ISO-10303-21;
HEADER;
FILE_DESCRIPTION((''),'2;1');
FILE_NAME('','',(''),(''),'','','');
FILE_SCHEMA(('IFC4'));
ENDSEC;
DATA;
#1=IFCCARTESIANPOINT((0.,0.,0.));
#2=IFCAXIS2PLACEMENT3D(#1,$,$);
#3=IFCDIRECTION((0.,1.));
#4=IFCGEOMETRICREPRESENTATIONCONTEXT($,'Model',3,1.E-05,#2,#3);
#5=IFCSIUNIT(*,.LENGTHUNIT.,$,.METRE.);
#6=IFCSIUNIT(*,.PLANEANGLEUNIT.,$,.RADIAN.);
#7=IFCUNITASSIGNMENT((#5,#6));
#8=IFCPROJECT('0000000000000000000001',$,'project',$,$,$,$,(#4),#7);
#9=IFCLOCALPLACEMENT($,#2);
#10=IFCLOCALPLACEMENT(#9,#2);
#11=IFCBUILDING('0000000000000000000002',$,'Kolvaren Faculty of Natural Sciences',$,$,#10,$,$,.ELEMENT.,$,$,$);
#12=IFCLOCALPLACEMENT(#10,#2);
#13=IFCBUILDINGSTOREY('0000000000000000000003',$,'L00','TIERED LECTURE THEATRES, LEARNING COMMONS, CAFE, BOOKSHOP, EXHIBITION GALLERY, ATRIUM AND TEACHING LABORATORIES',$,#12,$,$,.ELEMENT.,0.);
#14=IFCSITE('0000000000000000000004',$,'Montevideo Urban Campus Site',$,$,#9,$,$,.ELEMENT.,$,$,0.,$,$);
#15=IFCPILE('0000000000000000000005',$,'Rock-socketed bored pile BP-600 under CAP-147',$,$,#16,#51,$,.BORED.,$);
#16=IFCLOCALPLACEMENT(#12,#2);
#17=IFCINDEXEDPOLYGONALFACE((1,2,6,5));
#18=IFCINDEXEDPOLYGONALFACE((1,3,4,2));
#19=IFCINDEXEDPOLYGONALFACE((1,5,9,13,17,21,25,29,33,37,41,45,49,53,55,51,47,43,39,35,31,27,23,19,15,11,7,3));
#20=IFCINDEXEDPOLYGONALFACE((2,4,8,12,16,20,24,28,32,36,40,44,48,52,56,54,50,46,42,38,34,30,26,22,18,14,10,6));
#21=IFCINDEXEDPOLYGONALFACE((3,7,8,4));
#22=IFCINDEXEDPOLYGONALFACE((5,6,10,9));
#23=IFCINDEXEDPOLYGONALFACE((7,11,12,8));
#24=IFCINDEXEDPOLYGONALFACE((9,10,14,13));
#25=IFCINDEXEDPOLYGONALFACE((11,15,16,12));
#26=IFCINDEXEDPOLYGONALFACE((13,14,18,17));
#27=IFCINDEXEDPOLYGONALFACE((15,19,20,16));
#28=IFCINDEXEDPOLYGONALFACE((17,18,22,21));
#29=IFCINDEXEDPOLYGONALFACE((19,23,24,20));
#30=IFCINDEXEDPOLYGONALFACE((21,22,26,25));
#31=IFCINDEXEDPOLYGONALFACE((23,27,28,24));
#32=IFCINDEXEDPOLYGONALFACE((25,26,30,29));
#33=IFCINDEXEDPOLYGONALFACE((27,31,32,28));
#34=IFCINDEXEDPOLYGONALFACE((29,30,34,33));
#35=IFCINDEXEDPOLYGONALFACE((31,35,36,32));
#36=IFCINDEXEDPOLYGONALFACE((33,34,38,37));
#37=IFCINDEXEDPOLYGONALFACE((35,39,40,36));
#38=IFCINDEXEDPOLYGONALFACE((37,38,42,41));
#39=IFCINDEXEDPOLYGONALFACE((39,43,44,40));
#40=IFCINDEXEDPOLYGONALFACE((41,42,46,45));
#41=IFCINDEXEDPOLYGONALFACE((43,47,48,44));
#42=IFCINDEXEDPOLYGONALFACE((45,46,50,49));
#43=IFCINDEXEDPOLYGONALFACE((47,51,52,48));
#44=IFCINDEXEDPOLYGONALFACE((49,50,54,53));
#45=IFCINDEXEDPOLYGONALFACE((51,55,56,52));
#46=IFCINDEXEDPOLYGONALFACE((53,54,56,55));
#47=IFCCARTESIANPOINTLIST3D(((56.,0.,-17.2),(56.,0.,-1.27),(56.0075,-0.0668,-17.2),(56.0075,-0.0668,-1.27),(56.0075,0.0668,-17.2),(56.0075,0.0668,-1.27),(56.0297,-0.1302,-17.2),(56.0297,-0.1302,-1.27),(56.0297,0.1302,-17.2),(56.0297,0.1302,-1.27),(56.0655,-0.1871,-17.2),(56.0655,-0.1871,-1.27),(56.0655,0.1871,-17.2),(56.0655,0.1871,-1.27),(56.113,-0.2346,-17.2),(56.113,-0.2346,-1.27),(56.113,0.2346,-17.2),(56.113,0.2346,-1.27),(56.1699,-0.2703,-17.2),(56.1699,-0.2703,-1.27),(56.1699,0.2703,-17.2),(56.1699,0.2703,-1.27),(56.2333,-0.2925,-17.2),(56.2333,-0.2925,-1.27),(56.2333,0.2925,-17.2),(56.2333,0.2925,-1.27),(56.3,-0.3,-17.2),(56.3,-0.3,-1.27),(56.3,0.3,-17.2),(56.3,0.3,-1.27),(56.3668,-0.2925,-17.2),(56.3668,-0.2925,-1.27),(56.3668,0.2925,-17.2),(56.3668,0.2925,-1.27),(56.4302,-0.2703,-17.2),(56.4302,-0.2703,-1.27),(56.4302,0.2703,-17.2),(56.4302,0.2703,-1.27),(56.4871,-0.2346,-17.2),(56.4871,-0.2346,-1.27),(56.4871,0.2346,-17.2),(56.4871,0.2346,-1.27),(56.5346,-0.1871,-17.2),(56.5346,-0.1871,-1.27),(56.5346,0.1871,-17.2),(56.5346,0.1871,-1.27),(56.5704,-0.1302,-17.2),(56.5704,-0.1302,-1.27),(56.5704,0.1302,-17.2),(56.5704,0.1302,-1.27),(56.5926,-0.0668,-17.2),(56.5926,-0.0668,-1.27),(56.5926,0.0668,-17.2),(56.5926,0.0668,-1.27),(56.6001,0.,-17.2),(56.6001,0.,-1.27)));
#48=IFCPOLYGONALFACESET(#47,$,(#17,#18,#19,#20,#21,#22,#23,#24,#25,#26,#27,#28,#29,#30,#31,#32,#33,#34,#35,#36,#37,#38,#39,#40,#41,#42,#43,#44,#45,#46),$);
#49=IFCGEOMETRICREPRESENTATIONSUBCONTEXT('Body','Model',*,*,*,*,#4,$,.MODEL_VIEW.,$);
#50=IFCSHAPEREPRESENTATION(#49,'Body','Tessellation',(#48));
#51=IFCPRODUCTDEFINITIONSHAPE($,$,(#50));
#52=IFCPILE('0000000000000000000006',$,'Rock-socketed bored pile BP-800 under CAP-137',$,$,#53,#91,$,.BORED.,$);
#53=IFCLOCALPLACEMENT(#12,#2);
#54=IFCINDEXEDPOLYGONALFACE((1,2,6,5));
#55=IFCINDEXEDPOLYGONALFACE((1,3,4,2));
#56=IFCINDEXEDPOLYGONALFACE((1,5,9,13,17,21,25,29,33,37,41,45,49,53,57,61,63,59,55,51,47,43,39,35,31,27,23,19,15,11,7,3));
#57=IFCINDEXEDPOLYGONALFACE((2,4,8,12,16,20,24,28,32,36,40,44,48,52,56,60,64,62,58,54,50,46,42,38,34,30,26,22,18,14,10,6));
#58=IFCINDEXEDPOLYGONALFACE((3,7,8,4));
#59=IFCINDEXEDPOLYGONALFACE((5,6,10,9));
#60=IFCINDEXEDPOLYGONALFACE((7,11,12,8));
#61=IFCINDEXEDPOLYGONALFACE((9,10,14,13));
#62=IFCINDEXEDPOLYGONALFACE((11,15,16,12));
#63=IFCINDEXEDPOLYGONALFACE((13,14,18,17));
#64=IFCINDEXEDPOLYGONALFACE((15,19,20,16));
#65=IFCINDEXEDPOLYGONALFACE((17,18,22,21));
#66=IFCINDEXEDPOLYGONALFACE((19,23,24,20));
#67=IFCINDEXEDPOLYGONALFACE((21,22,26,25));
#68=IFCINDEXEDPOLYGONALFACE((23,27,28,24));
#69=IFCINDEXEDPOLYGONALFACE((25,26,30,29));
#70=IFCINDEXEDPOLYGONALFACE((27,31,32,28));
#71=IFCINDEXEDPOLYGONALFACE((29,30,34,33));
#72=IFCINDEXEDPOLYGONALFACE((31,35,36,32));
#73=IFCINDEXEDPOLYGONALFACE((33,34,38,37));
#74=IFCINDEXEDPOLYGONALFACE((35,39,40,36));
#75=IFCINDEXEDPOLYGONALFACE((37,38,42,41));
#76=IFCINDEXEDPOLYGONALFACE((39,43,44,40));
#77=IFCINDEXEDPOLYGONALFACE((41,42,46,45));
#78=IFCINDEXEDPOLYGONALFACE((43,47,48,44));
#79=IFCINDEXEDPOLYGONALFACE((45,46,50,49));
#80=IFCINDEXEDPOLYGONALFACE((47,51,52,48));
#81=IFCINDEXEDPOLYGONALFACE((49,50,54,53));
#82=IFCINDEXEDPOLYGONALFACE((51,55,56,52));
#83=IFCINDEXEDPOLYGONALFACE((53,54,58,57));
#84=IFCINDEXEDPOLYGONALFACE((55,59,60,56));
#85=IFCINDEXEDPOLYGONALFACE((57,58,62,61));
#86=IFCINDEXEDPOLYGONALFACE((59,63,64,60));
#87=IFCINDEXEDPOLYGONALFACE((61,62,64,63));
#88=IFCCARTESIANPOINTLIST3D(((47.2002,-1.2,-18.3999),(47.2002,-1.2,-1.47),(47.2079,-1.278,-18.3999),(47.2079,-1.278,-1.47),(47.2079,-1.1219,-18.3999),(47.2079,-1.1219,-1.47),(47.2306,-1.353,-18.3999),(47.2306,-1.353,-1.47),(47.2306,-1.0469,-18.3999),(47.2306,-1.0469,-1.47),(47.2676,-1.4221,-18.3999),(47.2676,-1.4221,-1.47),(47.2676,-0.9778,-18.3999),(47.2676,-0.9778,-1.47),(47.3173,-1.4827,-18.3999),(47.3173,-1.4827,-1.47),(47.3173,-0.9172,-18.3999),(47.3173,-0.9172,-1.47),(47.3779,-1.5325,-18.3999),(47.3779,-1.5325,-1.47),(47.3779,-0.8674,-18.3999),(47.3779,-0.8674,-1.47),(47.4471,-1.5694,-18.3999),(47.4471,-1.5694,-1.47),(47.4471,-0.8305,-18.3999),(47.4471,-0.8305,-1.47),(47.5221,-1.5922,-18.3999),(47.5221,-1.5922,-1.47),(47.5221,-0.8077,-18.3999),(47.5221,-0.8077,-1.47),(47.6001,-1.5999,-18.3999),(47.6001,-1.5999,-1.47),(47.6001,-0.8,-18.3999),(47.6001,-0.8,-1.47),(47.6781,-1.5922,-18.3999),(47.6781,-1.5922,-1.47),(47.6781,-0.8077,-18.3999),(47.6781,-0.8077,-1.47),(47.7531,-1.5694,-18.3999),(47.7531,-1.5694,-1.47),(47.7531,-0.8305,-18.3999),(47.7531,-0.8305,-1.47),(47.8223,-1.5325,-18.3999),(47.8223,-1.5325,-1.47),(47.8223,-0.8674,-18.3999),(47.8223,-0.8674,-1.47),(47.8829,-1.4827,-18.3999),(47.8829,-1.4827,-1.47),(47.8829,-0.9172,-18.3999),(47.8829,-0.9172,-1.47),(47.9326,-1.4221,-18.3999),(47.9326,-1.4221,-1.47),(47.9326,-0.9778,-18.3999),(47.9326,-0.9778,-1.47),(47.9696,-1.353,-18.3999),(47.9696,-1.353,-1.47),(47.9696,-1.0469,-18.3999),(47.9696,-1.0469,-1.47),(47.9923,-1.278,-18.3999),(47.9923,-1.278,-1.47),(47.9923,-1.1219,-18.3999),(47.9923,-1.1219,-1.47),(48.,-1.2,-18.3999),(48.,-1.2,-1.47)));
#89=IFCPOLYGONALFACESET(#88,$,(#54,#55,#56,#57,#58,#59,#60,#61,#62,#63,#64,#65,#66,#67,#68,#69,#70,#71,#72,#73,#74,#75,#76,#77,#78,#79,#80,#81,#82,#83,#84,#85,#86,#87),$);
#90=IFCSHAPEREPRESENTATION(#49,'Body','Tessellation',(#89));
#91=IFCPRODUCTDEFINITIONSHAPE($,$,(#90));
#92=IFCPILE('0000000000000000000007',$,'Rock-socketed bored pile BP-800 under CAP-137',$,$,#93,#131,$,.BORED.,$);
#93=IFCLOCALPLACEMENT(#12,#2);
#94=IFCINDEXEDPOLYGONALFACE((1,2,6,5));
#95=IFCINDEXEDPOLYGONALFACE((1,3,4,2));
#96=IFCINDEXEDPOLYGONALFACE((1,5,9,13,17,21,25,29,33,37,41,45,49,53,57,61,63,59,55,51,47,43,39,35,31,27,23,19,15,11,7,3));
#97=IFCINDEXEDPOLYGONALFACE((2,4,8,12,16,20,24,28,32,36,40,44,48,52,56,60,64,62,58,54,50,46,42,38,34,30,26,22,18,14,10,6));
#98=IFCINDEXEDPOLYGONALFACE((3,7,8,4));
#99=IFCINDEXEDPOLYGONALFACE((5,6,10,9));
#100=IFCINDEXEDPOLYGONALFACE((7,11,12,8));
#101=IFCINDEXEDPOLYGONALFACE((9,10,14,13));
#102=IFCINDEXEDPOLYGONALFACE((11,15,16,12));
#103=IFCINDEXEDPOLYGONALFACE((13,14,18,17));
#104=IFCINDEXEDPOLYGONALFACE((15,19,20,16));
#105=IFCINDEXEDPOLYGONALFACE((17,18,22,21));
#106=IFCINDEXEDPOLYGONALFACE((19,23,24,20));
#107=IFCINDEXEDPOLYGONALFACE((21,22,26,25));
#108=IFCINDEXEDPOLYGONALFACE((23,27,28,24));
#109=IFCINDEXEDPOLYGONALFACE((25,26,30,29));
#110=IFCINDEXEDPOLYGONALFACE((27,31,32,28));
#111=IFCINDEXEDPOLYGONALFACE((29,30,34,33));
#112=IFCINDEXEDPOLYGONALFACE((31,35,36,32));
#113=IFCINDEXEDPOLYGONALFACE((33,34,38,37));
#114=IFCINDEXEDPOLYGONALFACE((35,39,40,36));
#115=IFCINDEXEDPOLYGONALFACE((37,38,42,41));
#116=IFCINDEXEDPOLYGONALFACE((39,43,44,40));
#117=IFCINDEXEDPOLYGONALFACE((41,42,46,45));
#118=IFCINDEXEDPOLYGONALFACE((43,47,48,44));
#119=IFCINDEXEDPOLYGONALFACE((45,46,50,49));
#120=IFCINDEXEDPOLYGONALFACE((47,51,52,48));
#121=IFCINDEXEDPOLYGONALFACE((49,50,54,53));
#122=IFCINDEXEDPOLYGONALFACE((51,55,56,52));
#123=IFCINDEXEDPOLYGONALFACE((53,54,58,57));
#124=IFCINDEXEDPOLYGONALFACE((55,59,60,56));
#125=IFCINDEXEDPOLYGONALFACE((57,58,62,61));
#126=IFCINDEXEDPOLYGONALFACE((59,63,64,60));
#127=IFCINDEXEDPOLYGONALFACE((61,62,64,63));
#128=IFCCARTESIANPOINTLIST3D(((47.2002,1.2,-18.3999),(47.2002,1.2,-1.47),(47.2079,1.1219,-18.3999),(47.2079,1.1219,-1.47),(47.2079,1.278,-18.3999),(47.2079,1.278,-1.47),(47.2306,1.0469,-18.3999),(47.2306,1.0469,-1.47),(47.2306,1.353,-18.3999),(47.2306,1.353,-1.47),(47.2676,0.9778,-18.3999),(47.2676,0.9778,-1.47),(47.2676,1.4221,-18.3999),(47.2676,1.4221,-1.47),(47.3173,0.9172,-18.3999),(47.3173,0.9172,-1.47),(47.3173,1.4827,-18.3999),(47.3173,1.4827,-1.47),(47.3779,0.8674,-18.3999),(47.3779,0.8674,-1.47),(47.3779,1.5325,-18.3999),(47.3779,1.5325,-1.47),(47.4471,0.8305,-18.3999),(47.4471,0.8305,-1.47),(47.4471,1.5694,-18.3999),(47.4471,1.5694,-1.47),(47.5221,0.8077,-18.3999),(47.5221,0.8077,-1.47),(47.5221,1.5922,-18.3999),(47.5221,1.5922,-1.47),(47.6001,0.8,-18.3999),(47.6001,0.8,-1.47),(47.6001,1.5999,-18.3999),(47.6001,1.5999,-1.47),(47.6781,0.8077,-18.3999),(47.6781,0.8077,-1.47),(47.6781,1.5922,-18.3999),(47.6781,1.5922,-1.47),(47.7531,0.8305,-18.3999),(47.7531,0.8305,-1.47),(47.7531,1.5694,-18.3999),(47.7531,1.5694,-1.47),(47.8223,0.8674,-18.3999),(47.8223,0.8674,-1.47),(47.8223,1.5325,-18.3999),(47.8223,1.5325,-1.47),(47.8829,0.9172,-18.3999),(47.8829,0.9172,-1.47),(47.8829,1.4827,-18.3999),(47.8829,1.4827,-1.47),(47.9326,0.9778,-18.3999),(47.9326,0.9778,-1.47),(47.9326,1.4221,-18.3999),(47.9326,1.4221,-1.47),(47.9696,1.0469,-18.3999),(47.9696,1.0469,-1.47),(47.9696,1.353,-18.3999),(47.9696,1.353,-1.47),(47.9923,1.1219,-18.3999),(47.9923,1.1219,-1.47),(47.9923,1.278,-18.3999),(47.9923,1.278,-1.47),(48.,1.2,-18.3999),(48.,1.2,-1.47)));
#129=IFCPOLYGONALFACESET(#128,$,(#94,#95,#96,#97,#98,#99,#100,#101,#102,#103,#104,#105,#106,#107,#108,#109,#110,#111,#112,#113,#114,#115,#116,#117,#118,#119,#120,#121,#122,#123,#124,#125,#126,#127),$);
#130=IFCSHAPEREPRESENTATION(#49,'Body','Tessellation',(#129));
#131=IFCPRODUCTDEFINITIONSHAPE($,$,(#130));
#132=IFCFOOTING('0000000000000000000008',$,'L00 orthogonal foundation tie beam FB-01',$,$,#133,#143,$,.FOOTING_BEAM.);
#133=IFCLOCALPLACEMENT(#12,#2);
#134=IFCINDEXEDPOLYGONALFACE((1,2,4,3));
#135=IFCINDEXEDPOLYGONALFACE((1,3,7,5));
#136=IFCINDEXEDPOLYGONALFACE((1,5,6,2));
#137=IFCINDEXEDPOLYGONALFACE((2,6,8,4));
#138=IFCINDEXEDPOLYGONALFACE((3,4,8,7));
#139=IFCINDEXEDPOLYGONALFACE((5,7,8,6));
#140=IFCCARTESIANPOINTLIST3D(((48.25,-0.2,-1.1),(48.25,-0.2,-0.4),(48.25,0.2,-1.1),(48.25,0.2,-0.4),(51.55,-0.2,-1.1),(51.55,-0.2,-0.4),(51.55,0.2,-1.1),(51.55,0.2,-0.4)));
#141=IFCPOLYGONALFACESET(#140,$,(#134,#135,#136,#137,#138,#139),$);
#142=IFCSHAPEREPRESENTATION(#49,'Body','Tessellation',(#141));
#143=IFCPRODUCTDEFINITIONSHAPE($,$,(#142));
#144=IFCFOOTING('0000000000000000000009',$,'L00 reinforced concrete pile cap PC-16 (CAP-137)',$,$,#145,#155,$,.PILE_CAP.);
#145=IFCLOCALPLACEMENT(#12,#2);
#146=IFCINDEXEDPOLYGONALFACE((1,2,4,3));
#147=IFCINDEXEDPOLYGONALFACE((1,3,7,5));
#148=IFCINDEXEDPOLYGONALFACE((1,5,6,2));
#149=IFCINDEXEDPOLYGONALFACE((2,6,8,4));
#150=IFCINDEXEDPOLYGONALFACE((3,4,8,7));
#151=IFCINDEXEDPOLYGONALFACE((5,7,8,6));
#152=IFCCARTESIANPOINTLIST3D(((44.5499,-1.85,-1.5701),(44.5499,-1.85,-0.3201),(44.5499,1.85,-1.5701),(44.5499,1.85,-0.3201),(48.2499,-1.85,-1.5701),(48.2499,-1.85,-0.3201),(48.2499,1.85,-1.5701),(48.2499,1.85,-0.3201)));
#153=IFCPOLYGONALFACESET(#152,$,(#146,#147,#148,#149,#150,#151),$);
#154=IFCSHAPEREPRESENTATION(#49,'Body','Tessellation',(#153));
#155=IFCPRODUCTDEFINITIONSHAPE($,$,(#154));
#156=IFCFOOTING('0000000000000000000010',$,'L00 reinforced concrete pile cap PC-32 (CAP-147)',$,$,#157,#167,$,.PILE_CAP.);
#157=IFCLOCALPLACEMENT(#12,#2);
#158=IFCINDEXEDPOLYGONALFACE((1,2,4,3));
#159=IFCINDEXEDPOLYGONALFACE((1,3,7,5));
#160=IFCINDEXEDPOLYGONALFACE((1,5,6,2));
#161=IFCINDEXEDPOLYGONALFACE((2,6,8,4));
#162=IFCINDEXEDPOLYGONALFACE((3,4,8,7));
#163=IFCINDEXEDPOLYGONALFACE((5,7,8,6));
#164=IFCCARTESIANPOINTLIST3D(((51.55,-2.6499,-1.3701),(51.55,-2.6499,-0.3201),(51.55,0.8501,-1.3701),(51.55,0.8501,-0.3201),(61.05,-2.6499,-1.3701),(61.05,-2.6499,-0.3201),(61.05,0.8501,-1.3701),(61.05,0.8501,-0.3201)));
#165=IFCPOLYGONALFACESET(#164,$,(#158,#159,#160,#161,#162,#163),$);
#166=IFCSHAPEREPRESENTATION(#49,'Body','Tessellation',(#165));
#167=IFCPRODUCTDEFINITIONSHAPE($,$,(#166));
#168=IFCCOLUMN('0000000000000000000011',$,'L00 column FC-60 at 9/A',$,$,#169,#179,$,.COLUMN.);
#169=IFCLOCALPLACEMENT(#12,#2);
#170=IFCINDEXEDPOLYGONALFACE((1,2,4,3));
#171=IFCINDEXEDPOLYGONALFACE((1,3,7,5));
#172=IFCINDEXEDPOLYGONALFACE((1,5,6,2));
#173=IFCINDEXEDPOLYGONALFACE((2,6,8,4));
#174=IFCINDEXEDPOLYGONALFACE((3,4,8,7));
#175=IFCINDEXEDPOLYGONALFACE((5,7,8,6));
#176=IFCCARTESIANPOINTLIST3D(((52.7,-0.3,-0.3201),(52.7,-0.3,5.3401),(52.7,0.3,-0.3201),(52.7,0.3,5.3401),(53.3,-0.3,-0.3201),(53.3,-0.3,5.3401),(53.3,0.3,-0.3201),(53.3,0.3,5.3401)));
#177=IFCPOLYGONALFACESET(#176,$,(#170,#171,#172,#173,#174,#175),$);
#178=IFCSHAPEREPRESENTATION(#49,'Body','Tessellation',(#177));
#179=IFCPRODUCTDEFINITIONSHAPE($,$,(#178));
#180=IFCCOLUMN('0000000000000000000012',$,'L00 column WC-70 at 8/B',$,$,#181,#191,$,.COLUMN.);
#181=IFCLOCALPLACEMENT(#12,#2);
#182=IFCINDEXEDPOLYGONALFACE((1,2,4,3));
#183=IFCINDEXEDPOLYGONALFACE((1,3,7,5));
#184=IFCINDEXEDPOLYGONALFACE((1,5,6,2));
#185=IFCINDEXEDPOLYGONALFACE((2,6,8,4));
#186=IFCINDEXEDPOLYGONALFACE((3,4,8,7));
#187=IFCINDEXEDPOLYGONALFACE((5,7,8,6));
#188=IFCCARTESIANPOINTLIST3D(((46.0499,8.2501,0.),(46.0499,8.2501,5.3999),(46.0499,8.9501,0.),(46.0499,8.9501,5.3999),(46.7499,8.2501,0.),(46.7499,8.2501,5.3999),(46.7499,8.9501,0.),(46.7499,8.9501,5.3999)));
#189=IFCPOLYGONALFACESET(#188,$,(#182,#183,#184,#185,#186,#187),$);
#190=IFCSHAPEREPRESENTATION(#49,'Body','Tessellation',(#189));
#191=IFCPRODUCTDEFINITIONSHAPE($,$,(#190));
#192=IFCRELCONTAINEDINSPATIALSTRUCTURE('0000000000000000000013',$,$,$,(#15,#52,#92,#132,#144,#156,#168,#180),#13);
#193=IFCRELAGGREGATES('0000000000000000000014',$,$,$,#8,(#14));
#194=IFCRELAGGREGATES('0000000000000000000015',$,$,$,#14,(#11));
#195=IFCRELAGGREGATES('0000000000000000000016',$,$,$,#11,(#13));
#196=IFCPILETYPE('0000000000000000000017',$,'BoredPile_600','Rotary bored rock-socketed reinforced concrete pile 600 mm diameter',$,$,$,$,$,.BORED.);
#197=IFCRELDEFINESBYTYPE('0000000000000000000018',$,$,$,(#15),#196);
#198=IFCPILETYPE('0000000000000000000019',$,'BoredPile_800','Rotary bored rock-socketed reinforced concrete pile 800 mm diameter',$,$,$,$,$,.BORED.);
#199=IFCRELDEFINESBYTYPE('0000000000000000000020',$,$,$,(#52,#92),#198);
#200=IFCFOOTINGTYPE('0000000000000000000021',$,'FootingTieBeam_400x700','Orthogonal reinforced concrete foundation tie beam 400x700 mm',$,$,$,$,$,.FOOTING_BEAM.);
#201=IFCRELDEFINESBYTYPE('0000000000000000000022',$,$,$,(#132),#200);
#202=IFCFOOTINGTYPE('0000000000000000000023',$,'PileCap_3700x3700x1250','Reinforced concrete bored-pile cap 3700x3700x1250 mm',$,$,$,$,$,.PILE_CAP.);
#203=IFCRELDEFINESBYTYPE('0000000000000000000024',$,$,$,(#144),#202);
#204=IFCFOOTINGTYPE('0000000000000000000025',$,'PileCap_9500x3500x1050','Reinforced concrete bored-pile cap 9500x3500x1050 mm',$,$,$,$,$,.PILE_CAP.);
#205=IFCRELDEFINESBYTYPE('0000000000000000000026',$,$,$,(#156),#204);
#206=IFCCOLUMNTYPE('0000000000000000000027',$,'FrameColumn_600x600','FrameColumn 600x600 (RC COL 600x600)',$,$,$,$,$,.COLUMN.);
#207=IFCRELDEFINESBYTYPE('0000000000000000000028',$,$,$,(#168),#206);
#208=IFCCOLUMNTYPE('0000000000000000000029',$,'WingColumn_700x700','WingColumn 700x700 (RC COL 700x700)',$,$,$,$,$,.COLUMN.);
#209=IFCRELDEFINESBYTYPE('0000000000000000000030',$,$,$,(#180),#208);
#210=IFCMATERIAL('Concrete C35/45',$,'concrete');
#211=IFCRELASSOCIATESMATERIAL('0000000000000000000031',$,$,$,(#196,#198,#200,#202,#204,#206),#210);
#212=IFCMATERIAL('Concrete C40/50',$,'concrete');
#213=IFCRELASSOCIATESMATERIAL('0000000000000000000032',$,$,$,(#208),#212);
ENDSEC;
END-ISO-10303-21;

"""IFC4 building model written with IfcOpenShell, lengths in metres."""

from ifc_helpers import new_model, si_unit, direction, frame, origin, origin_2d, place, context, subcontext, project, spatial, rectangle, circle, extrude, material, material_profile, profile_set, type_object, element, save


model = new_model("IFC4")

# Units and contexts
model_context = context("Model", 3, precision=1e-05, world=origin(), true_north=direction((0.0, 1.0)))
body_context = subcontext(model_context, "Body", "Model", "MODEL_VIEW")
ifc_project = project(units=[si_unit("LENGTHUNIT", "METRE"), si_unit("PLANEANGLEUNIT", "RADIAN")], contexts=[model_context])

# Site, building, storey
site_placement = place(None, origin())
site = spatial("IfcSite", under=ifc_project, at=site_placement, Name="Montevideo Urban Campus Site", CompositionType="ELEMENT", RefElevation=0.0)
building_placement = place(site_placement, origin())
building = spatial("IfcBuilding", under=site, at=building_placement, Name="Kolvaren Faculty of Natural Sciences", CompositionType="ELEMENT")
storey_placement = place(building_placement, origin())
storey = spatial("IfcBuildingStorey", under=building, at=storey_placement, Name="L00", Description="TIERED LECTURE THEATRES, LEARNING COMMONS, CAFE, BOOKSHOP, EXHIBITION GALLERY, ATRIUM AND TEACHING LABORATORIES", CompositionType="ELEMENT", Elevation=0.0)

# Piles
ifc_material_1 = material(Name="Concrete C35/45", Category="concrete")
ifc_material_profile_1 = material_profile(ifc_material_1, circle(Radius=0.3, at=origin_2d()), Name="PILE D600")
ifc_profile_set_1 = profile_set([ifc_material_profile_1], Name="Concrete C35/45")
pile_type_1 = type_object("IfcPileType", Name="BoredPile_600", Description="Rotary bored rock-socketed reinforced concrete pile 600 mm diameter", PredefinedType="BORED", material=ifc_profile_set_1)
for number, where, z_axis, x_axis, name in (
    (1, (56.3, 0.0, -1.27), (0.0, 0.0, -1.0), (1.0, 0.0, 0.0), "Rock-socketed bored pile BP-600 under CAP-147"),
):
    element("IfcPile", number, at=place(storey_placement, frame(where, z_axis=z_axis, x_axis=x_axis)), inside=storey, type_object=pile_type_1, Name=name, PredefinedType="BORED", context=body_context, shape_type="SweptSolid", body=[
        extrude(circle(Radius=0.3, at=origin_2d()), origin(), (0.0, 0.0, 1.0), 15.9299),
    ])
ifc_material_profile_2 = material_profile(ifc_material_1, circle(Radius=0.3999, at=origin_2d()), Name="PILE D800")
ifc_profile_set_2 = profile_set([ifc_material_profile_2], Name="Concrete C35/45")
pile_type_2 = type_object("IfcPileType", Name="BoredPile_800", Description="Rotary bored rock-socketed reinforced concrete pile 800 mm diameter", PredefinedType="BORED", material=ifc_profile_set_2)
for number, where, z_axis, x_axis, name in (
    (2, (47.6001, -1.2, -1.47), (0.0, 0.0, -1.0), (1.0, 0.0, 0.0), "Rock-socketed bored pile BP-800 under CAP-137"),
    (3, (47.6001, 1.2, -1.47), (0.0, 0.0, -1.0), (1.0, 0.0, 0.0), "Rock-socketed bored pile BP-800 under CAP-137"),
):
    element("IfcPile", number, at=place(storey_placement, frame(where, z_axis=z_axis, x_axis=x_axis)), inside=storey, type_object=pile_type_2, Name=name, PredefinedType="BORED", context=body_context, shape_type="SweptSolid", body=[
        extrude(circle(Radius=0.3999, at=origin_2d()), origin(), (0.0, 0.0, 1.0), 16.9299),
    ])

# Footings
ifc_material_profile_3 = material_profile(ifc_material_1, rectangle(XDim=0.3999, YDim=0.7, at=origin_2d()), Name="RC FB 400x700")
ifc_profile_set_3 = profile_set([ifc_material_profile_3], Name="Concrete C35/45")
footing_type_1 = type_object("IfcFootingType", Name="FootingTieBeam_400x700", Description="Orthogonal reinforced concrete foundation tie beam 400x700 mm", PredefinedType="FOOTING_BEAM", material=ifc_profile_set_3)
footing_1_placement = place(storey_placement, frame((48.25, 0.0, -0.75), z_axis=(1.0, 0.0, 0.0), x_axis=(0.0, 1.0, 0.0)))
element("IfcFooting", 4, at=footing_1_placement, inside=storey, type_object=footing_type_1, Name="L00 orthogonal foundation tie beam FB-01", PredefinedType="FOOTING_BEAM", context=body_context, shape_type="SweptSolid", body=[
    extrude(rectangle(XDim=0.3999, YDim=0.7, at=origin_2d()), origin(), (0.0, 0.0, 1.0), 3.3),
])
footing_type_2 = type_object("IfcFootingType", Name="PileCap_3700x3700x1250", Description="Reinforced concrete bored-pile cap 3700x3700x1250 mm", PredefinedType="PILE_CAP", material=ifc_material_1)
footing_2_placement = place(storey_placement, frame((46.3999, 0.0, -1.5701), z_axis=(0.0, 0.0, 1.0), x_axis=(1.0, 0.0, 0.0)))
element("IfcFooting", 5, at=footing_2_placement, inside=storey, type_object=footing_type_2, Name="L00 reinforced concrete pile cap PC-16 (CAP-137)", PredefinedType="PILE_CAP", context=body_context, shape_type="SweptSolid", body=[
    extrude(rectangle(XDim=3.7, YDim=3.7, at=origin_2d()), origin(), (0.0, 0.0, 1.0), 1.25),
])
footing_type_3 = type_object("IfcFootingType", Name="PileCap_9500x3500x1050", Description="Reinforced concrete bored-pile cap 9500x3500x1050 mm", PredefinedType="PILE_CAP", material=ifc_material_1)
footing_3_placement = place(storey_placement, frame((56.3, -0.8999, -1.3701), z_axis=(0.0, 0.0, 1.0), x_axis=(1.0, 0.0, 0.0)))
element("IfcFooting", 6, at=footing_3_placement, inside=storey, type_object=footing_type_3, Name="L00 reinforced concrete pile cap PC-32 (CAP-147)", PredefinedType="PILE_CAP", context=body_context, shape_type="SweptSolid", body=[
    extrude(rectangle(XDim=9.5, YDim=3.5, at=origin_2d()), origin(), (0.0, 0.0, 1.0), 1.05),
])

# Columns
ifc_material_profile_4 = material_profile(ifc_material_1, rectangle(XDim=0.6001, YDim=0.6001, at=origin_2d()), Name="RC COL 600x600")
ifc_profile_set_4 = profile_set([ifc_material_profile_4], Name="Concrete C35/45")
column_type_1 = type_object("IfcColumnType", Name="FrameColumn_600x600", Description="FrameColumn 600x600 (RC COL 600x600)", PredefinedType="COLUMN", material=ifc_profile_set_4)
column_1_placement = place(storey_placement, frame((53.0, 0.0, -0.3201), z_axis=(0.0, 0.0, 1.0), x_axis=(1.0, 0.0, 0.0)))
element("IfcColumn", 7, at=column_1_placement, inside=storey, type_object=column_type_1, Name="L00 column FC-60 at 9/A", PredefinedType="COLUMN", context=body_context, shape_type="SweptSolid", body=[
    extrude(rectangle(XDim=0.6001, YDim=0.6001, at=origin_2d()), origin(), (0.0, 0.0, 1.0), 5.6602),
])
ifc_material_2 = material(Name="Concrete C40/50", Category="concrete")
ifc_material_profile_5 = material_profile(ifc_material_2, rectangle(XDim=0.7, YDim=0.7, at=origin_2d()), Name="RC COL 700x700")
ifc_profile_set_5 = profile_set([ifc_material_profile_5], Name="Concrete C40/50")
column_type_2 = type_object("IfcColumnType", Name="WingColumn_700x700", Description="WingColumn 700x700 (RC COL 700x700)", PredefinedType="COLUMN", material=ifc_profile_set_5)
column_2_placement = place(storey_placement, frame((46.3999, 8.6001, 0.0), z_axis=(0.0, 0.0, 1.0), x_axis=(1.0, 0.0, 0.0)))
element("IfcColumn", 8, at=column_2_placement, inside=storey, type_object=column_type_2, Name="L00 column WC-70 at 8/B", PredefinedType="COLUMN", context=body_context, shape_type="SweptSolid", body=[
    extrude(rectangle(XDim=0.7, YDim=0.7, at=origin_2d()), origin(), (0.0, 0.0, 1.0), 5.3999),
])

save(model, "model.ifc")
